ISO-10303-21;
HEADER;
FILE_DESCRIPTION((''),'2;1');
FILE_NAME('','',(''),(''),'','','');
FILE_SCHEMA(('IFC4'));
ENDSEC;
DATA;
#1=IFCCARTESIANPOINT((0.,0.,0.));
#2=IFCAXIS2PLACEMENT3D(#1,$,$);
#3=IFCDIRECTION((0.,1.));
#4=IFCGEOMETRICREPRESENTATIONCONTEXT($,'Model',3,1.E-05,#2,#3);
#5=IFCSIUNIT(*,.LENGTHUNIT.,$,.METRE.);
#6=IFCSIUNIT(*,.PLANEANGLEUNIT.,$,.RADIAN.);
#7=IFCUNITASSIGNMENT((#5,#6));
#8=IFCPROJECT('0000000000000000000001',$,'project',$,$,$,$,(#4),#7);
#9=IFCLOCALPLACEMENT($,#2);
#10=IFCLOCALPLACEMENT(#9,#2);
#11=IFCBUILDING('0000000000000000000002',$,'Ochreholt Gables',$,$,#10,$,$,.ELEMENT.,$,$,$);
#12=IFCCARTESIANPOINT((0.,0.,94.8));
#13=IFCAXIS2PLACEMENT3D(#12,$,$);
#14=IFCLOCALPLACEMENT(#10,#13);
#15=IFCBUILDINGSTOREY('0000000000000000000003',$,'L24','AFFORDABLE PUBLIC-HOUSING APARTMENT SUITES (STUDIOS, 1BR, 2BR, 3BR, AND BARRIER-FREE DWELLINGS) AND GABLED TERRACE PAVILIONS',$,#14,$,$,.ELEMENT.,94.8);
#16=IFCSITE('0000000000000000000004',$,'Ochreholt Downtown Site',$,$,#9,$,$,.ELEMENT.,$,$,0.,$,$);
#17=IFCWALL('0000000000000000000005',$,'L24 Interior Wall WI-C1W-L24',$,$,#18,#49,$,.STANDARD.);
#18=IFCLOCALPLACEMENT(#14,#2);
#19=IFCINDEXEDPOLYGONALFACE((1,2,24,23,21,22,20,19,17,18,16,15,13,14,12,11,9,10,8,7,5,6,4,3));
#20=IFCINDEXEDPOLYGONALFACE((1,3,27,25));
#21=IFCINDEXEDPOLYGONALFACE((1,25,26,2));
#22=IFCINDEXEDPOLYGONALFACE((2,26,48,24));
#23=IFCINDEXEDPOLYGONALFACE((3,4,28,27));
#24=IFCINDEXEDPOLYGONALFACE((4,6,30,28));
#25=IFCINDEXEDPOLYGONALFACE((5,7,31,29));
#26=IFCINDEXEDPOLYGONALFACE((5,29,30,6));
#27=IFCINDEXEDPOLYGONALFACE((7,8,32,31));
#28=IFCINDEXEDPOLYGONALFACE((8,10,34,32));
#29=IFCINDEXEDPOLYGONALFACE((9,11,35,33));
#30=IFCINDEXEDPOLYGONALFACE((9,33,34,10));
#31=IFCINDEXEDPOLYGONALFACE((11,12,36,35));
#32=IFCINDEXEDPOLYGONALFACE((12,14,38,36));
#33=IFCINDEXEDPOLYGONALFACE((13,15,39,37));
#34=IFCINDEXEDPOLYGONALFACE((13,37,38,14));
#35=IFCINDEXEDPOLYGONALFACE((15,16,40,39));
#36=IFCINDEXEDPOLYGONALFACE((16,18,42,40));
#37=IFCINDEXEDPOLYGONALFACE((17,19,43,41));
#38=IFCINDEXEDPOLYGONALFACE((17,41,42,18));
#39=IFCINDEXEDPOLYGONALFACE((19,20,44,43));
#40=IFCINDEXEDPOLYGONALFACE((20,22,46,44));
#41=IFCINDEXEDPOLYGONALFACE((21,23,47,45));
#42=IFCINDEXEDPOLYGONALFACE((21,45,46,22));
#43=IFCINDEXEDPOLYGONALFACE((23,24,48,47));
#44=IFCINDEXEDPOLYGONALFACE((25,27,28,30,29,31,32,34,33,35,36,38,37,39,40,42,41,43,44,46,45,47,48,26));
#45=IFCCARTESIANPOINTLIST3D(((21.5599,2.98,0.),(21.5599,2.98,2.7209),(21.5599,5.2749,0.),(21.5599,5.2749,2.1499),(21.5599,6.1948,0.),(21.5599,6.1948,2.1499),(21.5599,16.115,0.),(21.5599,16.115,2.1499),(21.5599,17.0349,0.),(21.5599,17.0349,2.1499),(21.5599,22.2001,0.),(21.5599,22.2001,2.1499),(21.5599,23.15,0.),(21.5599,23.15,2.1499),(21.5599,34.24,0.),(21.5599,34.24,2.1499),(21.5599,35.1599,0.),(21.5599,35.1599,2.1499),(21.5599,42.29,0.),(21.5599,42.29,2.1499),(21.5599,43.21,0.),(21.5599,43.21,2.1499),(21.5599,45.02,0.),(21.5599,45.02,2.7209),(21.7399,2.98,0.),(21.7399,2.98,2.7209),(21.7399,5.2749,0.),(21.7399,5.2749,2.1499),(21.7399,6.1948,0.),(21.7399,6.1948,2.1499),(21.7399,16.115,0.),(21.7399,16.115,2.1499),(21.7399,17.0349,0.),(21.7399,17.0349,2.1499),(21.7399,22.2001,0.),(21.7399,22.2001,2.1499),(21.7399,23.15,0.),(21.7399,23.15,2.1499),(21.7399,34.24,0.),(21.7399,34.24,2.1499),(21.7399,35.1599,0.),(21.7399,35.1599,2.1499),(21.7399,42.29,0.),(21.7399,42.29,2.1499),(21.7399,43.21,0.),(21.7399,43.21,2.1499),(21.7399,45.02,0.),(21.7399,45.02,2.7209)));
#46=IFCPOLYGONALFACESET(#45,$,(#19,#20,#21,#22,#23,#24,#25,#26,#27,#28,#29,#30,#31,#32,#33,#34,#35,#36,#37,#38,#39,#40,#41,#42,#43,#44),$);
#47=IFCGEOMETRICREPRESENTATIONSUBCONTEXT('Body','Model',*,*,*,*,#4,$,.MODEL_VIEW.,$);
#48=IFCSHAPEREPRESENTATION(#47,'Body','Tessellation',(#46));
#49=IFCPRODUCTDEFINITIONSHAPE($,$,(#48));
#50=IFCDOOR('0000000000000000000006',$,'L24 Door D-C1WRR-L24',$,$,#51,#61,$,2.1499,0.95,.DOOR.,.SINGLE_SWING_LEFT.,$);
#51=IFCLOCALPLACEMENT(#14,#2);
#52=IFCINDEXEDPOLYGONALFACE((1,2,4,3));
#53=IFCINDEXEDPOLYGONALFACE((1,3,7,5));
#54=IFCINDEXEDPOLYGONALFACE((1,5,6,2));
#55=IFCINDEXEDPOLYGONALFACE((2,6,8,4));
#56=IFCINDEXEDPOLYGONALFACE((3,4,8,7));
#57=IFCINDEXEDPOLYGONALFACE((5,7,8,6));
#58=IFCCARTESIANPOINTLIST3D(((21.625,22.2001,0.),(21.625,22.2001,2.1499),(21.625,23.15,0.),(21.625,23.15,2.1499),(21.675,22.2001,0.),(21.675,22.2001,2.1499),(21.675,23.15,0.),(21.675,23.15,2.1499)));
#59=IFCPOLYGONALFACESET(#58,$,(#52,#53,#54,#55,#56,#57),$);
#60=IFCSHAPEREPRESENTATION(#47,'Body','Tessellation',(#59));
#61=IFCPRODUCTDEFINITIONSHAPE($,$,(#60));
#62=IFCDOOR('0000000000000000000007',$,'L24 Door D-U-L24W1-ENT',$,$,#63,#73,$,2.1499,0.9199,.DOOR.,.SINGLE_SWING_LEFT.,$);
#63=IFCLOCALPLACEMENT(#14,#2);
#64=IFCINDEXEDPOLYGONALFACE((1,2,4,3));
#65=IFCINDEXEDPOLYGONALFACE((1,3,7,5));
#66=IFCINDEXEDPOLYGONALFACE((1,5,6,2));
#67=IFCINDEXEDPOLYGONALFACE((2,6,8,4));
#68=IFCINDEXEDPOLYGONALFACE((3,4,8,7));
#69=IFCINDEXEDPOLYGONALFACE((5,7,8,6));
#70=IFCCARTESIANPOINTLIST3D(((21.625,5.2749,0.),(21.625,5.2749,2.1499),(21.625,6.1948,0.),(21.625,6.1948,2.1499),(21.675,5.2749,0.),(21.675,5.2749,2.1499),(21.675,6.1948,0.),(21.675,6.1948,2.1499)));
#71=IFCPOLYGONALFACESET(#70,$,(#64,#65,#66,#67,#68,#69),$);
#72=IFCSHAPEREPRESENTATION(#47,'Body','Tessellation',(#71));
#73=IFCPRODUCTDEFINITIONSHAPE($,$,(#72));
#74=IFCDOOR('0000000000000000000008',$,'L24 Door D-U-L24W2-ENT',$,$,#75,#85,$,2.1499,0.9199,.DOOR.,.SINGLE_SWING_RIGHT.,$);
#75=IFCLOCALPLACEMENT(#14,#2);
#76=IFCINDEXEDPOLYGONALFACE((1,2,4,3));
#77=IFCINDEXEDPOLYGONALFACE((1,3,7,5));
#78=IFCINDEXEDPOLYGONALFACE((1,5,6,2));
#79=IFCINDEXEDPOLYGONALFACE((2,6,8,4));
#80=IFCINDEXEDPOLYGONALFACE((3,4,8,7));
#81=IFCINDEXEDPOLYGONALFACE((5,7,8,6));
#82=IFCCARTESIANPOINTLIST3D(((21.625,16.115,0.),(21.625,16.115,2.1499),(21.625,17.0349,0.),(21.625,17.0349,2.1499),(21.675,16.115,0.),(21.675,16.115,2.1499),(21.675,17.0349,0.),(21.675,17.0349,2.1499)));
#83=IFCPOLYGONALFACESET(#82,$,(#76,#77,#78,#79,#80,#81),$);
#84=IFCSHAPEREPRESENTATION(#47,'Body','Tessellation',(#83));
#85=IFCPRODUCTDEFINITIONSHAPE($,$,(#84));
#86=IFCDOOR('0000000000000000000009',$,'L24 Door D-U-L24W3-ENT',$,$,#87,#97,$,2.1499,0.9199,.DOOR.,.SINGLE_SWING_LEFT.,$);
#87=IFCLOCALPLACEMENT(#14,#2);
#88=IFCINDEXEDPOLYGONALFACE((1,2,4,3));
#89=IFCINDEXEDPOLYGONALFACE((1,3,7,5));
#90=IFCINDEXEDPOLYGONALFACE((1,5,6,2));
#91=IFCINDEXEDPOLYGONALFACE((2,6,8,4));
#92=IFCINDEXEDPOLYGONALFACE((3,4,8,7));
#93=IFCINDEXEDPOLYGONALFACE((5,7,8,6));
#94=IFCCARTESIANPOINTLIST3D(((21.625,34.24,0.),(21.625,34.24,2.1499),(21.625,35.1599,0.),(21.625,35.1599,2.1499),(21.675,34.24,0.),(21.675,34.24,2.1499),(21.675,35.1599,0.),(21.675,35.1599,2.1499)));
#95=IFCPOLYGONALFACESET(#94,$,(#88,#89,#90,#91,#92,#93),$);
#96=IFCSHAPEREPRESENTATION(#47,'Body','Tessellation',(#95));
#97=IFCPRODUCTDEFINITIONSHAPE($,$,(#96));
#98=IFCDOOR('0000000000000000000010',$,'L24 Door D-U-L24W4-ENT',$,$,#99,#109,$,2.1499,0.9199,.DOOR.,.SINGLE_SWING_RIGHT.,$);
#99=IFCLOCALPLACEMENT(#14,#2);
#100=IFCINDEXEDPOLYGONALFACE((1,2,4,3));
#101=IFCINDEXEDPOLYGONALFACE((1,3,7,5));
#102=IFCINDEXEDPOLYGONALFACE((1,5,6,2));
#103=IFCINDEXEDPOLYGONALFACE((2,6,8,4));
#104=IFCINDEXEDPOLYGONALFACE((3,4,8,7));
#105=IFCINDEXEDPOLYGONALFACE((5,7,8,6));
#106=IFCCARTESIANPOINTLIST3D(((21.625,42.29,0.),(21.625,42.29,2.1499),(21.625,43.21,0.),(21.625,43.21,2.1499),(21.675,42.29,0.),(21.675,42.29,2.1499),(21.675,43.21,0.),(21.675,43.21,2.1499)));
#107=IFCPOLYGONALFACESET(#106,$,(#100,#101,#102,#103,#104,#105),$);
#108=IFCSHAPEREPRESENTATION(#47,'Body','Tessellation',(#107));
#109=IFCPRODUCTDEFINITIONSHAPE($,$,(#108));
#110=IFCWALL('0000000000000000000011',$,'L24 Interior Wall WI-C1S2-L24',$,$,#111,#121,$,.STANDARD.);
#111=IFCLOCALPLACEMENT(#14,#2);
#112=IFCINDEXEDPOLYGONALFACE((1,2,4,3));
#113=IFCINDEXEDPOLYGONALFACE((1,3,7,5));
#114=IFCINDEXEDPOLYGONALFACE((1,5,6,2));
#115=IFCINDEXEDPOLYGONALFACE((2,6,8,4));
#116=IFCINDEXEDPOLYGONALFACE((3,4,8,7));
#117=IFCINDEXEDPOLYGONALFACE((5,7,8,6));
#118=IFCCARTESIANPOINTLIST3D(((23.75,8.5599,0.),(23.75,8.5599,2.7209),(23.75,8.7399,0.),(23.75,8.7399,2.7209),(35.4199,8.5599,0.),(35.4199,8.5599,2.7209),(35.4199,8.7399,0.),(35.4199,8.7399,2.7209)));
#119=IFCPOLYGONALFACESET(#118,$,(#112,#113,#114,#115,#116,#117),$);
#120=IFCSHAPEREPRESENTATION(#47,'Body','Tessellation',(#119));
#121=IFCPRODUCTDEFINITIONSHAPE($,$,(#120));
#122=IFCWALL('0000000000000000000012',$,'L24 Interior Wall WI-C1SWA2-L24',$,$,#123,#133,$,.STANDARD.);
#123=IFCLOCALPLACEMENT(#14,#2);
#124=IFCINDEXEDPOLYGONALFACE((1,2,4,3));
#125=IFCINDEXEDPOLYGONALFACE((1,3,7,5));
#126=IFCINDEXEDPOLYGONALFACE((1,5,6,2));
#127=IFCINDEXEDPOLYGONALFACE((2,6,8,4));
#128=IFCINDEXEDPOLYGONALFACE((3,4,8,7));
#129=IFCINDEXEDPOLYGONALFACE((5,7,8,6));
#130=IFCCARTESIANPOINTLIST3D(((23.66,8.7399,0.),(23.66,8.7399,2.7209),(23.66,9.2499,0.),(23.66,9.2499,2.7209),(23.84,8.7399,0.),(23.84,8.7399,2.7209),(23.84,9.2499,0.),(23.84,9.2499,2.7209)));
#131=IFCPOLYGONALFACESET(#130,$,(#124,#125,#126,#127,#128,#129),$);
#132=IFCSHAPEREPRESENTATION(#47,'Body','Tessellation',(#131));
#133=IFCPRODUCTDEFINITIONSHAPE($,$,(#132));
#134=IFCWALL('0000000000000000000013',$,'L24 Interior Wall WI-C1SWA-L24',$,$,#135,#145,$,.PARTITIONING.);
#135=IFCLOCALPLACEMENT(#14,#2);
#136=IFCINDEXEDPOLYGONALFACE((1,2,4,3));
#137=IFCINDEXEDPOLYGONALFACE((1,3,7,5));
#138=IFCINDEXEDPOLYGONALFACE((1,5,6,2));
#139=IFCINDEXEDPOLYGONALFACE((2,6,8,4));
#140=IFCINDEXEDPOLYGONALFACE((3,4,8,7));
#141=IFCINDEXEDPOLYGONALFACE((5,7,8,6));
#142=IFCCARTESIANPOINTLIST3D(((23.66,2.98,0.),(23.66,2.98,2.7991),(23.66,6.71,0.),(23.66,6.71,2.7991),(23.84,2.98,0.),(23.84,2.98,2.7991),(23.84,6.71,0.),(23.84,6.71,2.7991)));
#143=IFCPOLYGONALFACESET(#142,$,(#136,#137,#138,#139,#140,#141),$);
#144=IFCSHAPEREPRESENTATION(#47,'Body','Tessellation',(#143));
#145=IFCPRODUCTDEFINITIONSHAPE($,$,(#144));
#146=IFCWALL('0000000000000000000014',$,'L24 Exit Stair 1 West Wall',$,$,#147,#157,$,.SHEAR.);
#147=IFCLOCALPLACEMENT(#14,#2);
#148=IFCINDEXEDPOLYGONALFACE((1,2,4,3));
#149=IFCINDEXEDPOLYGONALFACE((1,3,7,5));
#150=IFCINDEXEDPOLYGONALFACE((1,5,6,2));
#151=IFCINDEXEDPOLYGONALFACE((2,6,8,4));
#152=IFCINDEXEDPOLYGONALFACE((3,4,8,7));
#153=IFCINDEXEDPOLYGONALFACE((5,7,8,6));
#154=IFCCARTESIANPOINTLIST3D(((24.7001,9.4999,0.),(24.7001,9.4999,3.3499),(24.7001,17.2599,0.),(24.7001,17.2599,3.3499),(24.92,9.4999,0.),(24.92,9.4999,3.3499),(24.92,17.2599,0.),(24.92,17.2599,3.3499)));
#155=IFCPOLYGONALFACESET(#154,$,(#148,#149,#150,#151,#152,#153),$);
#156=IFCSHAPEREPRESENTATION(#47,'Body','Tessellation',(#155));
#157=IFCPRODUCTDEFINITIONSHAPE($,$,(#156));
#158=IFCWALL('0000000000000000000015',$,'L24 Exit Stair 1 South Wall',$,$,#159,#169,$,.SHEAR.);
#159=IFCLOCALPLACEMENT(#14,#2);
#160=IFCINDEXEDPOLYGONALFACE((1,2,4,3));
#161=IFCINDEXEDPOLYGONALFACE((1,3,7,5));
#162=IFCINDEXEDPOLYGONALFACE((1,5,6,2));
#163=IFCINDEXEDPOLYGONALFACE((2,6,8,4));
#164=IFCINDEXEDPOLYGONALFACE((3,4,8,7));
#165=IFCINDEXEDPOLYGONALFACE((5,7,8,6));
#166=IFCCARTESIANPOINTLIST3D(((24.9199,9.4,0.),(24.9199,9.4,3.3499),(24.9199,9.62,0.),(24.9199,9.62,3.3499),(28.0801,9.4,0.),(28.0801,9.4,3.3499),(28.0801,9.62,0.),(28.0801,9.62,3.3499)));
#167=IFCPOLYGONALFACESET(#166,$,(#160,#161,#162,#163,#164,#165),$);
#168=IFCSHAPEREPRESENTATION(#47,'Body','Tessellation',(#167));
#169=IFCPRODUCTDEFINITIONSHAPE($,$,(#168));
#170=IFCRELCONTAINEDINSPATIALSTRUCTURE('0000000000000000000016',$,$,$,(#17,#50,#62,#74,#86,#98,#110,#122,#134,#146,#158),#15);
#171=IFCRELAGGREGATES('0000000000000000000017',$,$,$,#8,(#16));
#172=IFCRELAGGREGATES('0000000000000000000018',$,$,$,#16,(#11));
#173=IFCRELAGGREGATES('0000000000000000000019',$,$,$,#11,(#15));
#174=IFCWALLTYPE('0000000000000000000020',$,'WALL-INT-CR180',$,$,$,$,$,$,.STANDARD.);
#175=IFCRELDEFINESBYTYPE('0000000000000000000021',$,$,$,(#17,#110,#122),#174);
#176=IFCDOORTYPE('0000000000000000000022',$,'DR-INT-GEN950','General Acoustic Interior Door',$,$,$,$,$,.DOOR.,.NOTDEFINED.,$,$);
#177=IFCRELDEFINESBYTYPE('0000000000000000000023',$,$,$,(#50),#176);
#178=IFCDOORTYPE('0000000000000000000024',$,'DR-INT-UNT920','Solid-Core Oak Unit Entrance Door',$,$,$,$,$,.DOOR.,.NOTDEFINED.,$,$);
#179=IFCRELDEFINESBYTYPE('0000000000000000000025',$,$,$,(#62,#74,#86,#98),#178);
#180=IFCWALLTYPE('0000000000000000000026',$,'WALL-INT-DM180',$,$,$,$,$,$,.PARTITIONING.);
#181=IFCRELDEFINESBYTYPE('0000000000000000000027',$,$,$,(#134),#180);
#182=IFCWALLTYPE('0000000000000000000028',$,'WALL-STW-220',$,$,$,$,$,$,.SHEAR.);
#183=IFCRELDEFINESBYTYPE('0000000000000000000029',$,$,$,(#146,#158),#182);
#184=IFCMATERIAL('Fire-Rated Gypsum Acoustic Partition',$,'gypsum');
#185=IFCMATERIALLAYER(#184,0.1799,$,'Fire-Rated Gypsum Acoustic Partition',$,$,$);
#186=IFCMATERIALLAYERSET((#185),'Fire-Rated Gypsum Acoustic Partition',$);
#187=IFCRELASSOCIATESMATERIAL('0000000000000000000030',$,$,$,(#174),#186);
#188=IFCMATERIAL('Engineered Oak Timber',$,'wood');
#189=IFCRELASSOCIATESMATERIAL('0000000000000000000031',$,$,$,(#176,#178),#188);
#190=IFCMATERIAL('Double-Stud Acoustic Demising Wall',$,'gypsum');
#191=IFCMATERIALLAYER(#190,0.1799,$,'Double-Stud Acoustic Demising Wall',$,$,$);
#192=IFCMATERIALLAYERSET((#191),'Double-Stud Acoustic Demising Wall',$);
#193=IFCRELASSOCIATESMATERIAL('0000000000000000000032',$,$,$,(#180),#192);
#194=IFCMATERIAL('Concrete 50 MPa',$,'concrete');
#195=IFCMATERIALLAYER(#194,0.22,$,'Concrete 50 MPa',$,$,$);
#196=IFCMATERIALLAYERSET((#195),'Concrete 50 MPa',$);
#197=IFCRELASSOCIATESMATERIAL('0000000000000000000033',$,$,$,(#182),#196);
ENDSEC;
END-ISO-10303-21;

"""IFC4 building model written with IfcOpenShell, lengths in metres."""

from ifc_helpers import new_model, si_unit, direction, frame, frame_2d, origin, place, context, subcontext, project, spatial, rectangle, extrude, material, layer, layer_set, type_object, element, fill, save


model = new_model("IFC4")

# Units and contexts
model_context = context("Model", 3, precision=1e-05, world=origin(), true_north=direction((0.0, 1.0)))
body_context = subcontext(model_context, "Body", "Model", "MODEL_VIEW")
ifc_project = project(units=[si_unit("LENGTHUNIT", "METRE"), si_unit("PLANEANGLEUNIT", "RADIAN")], contexts=[model_context])

# Site, building, storey
site_placement = place(None, origin())
site = spatial("IfcSite", under=ifc_project, at=site_placement, Name="Ochreholt Downtown Site", CompositionType="ELEMENT", RefElevation=0.0)
building_placement = place(site_placement, origin())
building = spatial("IfcBuilding", under=site, at=building_placement, Name="Ochreholt Gables", CompositionType="ELEMENT")
storey_placement = place(building_placement, frame((0.0, 0.0, 94.8)))
storey = spatial("IfcBuildingStorey", under=building, at=storey_placement, Name="L24", Description="AFFORDABLE PUBLIC-HOUSING APARTMENT SUITES (STUDIOS, 1BR, 2BR, 3BR, AND BARRIER-FREE DWELLINGS) AND GABLED TERRACE PAVILIONS", CompositionType="ELEMENT", Elevation=94.8)

# Wall, openings, doors
ifc_material_1 = material(Name="Fire-Rated Gypsum Acoustic Partition", Category="gypsum")
ifc_layer_1 = layer(ifc_material_1, 0.1799, Name="Fire-Rated Gypsum Acoustic Partition")
ifc_layer_set_1 = layer_set([ifc_layer_1], Name="Fire-Rated Gypsum Acoustic Partition")
wall_type_1 = type_object("IfcWallType", Name="WALL-INT-CR180", PredefinedType="STANDARD", material=ifc_layer_set_1)
wall_1_placement = place(storey_placement, frame((21.6499, 2.98, 0.0), z_axis=(0.0, 0.0, 1.0), x_axis=(0.0, 1.0, 0.0)))
wall_1 = element("IfcWall", 1, at=wall_1_placement, inside=storey, type_object=wall_type_1, Name="L24 Interior Wall WI-C1W-L24", PredefinedType="STANDARD", context=body_context, shape_type="SweptSolid", body=[
    extrude(rectangle(XDim=42.04, YDim=0.1799, at=frame_2d((21.02, 0.0))), origin(), (0.0, 0.0, 1.0), 2.7209),
])
opening_1_placement = place(wall_1_placement, frame((2.2949, 0.0, 0.0)))
opening_1 = element("IfcOpeningElement", 2, at=opening_1_placement, cuts=wall_1, PredefinedType="OPENING", context=body_context, shape_type="SweptSolid", body=[
    extrude(rectangle(XDim=0.9199, YDim=2.1499, at=frame_2d((0.46, 1.075))), frame((0.0, 0.0999, 0.0), z_axis=(0.0, -1.0, 0.0), x_axis=(1.0, 0.0, 0.0)), (0.0, 0.0, 1.0), 0.2),
])
opening_2_placement = place(wall_1_placement, frame((13.135, 0.0, 0.0)))
opening_2 = element("IfcOpeningElement", 3, at=opening_2_placement, cuts=wall_1, PredefinedType="OPENING", context=body_context, shape_type="SweptSolid", body=[
    extrude(rectangle(XDim=0.9199, YDim=2.1499, at=frame_2d((0.46, 1.075))), frame((0.0, 0.0999, 0.0), z_axis=(0.0, -1.0, 0.0), x_axis=(1.0, 0.0, 0.0)), (0.0, 0.0, 1.0), 0.2),
])
opening_3_placement = place(wall_1_placement, frame((19.22, 0.0, 0.0)))
opening_3 = element("IfcOpeningElement", 4, at=opening_3_placement, cuts=wall_1, PredefinedType="OPENING", context=body_context, shape_type="SweptSolid", body=[
    extrude(rectangle(XDim=0.95, YDim=2.1499, at=frame_2d((0.4751, 1.075))), frame((0.0, 0.0999, 0.0), z_axis=(0.0, -1.0, 0.0), x_axis=(1.0, 0.0, 0.0)), (0.0, 0.0, 1.0), 0.2),
])
opening_4_placement = place(wall_1_placement, frame((31.26, 0.0, 0.0)))
opening_4 = element("IfcOpeningElement", 5, at=opening_4_placement, cuts=wall_1, PredefinedType="OPENING", context=body_context, shape_type="SweptSolid", body=[
    extrude(rectangle(XDim=0.9199, YDim=2.1499, at=frame_2d((0.46, 1.075))), frame((0.0, 0.0999, 0.0), z_axis=(0.0, -1.0, 0.0), x_axis=(1.0, 0.0, 0.0)), (0.0, 0.0, 1.0), 0.2),
])
opening_5_placement = place(wall_1_placement, frame((39.3101, 0.0, 0.0)))
opening_5 = element("IfcOpeningElement", 6, at=opening_5_placement, cuts=wall_1, PredefinedType="OPENING", context=body_context, shape_type="SweptSolid", body=[
    extrude(rectangle(XDim=0.9199, YDim=2.1499, at=frame_2d((0.46, 1.075))), frame((0.0, 0.0999, 0.0), z_axis=(0.0, -1.0, 0.0), x_axis=(1.0, 0.0, 0.0)), (0.0, 0.0, 1.0), 0.2),
])
ifc_material_2 = material(Name="Engineered Oak Timber", Category="wood")
door_type_1 = type_object("IfcDoorType", Name="DR-INT-GEN950", Description="General Acoustic Interior Door", OperationType="NOTDEFINED", PredefinedType="DOOR", material=ifc_material_2)
door_1_placement = place(opening_3_placement, origin())
door_1 = element("IfcDoor", 7, at=door_1_placement, inside=storey, type_object=door_type_1, Name="L24 Door D-C1WRR-L24", OperationType="SINGLE_SWING_LEFT", OverallHeight=2.1499, OverallWidth=0.95, PredefinedType="DOOR", context=body_context, shape_type="SweptSolid", body=[
    extrude(rectangle(XDim=0.95, YDim=2.1499, at=frame_2d((0.4751, 1.075))), frame((0.0, 0.0249, 0.0), z_axis=(0.0, -1.0, 0.0), x_axis=(1.0, 0.0, 0.0)), (0.0, 0.0, 1.0), 0.05),
])
fill(opening_3, door_1)
door_type_2 = type_object("IfcDoorType", Name="DR-INT-UNT920", Description="Solid-Core Oak Unit Entrance Door", OperationType="NOTDEFINED", PredefinedType="DOOR", material=ifc_material_2)
door_2_placement = place(opening_1_placement, origin())
door_2 = element("IfcDoor", 8, at=door_2_placement, inside=storey, type_object=door_type_2, Name="L24 Door D-U-L24W1-ENT", OperationType="SINGLE_SWING_LEFT", OverallHeight=2.1499, OverallWidth=0.9199, PredefinedType="DOOR", context=body_context, shape_type="SweptSolid", body=[
    extrude(rectangle(XDim=0.9199, YDim=2.1499, at=frame_2d((0.46, 1.075))), frame((0.0, 0.0249, 0.0), z_axis=(0.0, -1.0, 0.0), x_axis=(1.0, 0.0, 0.0)), (0.0, 0.0, 1.0), 0.05),
])
fill(opening_1, door_2)
door_3_placement = place(opening_2_placement, origin())
door_3 = element("IfcDoor", 9, at=door_3_placement, inside=storey, type_object=door_type_2, Name="L24 Door D-U-L24W2-ENT", OperationType="SINGLE_SWING_RIGHT", OverallHeight=2.1499, OverallWidth=0.9199, PredefinedType="DOOR", context=body_context, shape_type="SweptSolid", body=[
    extrude(rectangle(XDim=0.9199, YDim=2.1499, at=frame_2d((0.46, 1.075))), frame((0.0, 0.0249, 0.0), z_axis=(0.0, -1.0, 0.0), x_axis=(1.0, 0.0, 0.0)), (0.0, 0.0, 1.0), 0.05),
])
fill(opening_2, door_3)
door_4_placement = place(opening_4_placement, origin())
door_4 = element("IfcDoor", 10, at=door_4_placement, inside=storey, type_object=door_type_2, Name="L24 Door D-U-L24W3-ENT", OperationType="SINGLE_SWING_LEFT", OverallHeight=2.1499, OverallWidth=0.9199, PredefinedType="DOOR", context=body_context, shape_type="SweptSolid", body=[
    extrude(rectangle(XDim=0.9199, YDim=2.1499, at=frame_2d((0.46, 1.075))), frame((0.0, 0.0249, 0.0), z_axis=(0.0, -1.0, 0.0), x_axis=(1.0, 0.0, 0.0)), (0.0, 0.0, 1.0), 0.05),
])
fill(opening_4, door_4)
door_5_placement = place(opening_5_placement, origin())
door_5 = element("IfcDoor", 11, at=door_5_placement, inside=storey, type_object=door_type_2, Name="L24 Door D-U-L24W4-ENT", OperationType="SINGLE_SWING_RIGHT", OverallHeight=2.1499, OverallWidth=0.9199, PredefinedType="DOOR", context=body_context, shape_type="SweptSolid", body=[
    extrude(rectangle(XDim=0.9199, YDim=2.1499, at=frame_2d((0.46, 1.075))), frame((0.0, 0.0249, 0.0), z_axis=(0.0, -1.0, 0.0), x_axis=(1.0, 0.0, 0.0)), (0.0, 0.0, 1.0), 0.05),
])
fill(opening_5, door_5)

# Walls
wall_2_placement = place(storey_placement, frame((23.75, 8.6499, 0.0), z_axis=(0.0, 0.0, 1.0), x_axis=(1.0, 0.0, 0.0)))
element("IfcWall", 12, at=wall_2_placement, inside=storey, type_object=wall_type_1, Name="L24 Interior Wall WI-C1S2-L24", PredefinedType="STANDARD", context=body_context, shape_type="SweptSolid", body=[
    extrude(rectangle(XDim=11.6699, YDim=0.1799, at=frame_2d((5.835, 0.0))), origin(), (0.0, 0.0, 1.0), 2.7209),
])
wall_3_placement = place(storey_placement, frame((23.75, 8.74, 0.0), z_axis=(0.0, 0.0, 1.0), x_axis=(0.0, 1.0, 0.0)))
element("IfcWall", 13, at=wall_3_placement, inside=storey, type_object=wall_type_1, Name="L24 Interior Wall WI-C1SWA2-L24", PredefinedType="STANDARD", context=body_context, shape_type="SweptSolid", body=[
    extrude(rectangle(XDim=0.51, YDim=0.1799, at=frame_2d((0.2549, 0.0))), origin(), (0.0, 0.0, 1.0), 2.7209),
])
ifc_material_3 = material(Name="Double-Stud Acoustic Demising Wall", Category="gypsum")
ifc_layer_2 = layer(ifc_material_3, 0.1799, Name="Double-Stud Acoustic Demising Wall")
ifc_layer_set_2 = layer_set([ifc_layer_2], Name="Double-Stud Acoustic Demising Wall")
wall_type_2 = type_object("IfcWallType", Name="WALL-INT-DM180", PredefinedType="PARTITIONING", material=ifc_layer_set_2)
wall_4_placement = place(storey_placement, frame((23.75, 2.98, 0.0), z_axis=(0.0, 0.0, 1.0), x_axis=(0.0, 1.0, 0.0)))
element("IfcWall", 14, at=wall_4_placement, inside=storey, type_object=wall_type_2, Name="L24 Interior Wall WI-C1SWA-L24", PredefinedType="PARTITIONING", context=body_context, shape_type="SweptSolid", body=[
    extrude(rectangle(XDim=3.73, YDim=0.1799, at=frame_2d((1.865, 0.0))), origin(), (0.0, 0.0, 1.0), 2.7991),
])
ifc_material_4 = material(Name="Concrete 50 MPa", Category="concrete")
ifc_layer_3 = layer(ifc_material_4, 0.22, Name="Concrete 50 MPa")
ifc_layer_set_3 = layer_set([ifc_layer_3], Name="Concrete 50 MPa")
wall_type_3 = type_object("IfcWallType", Name="WALL-STW-220", PredefinedType="SHEAR", material=ifc_layer_set_3)
wall_5_placement = place(storey_placement, frame((24.8101, 9.5, 0.0), z_axis=(0.0, 0.0, 1.0), x_axis=(0.0, 1.0, 0.0)))
element("IfcWall", 15, at=wall_5_placement, inside=storey, type_object=wall_type_3, Name="L24 Exit Stair 1 West Wall", PredefinedType="SHEAR", context=body_context, shape_type="SweptSolid", body=[
    extrude(rectangle(XDim=7.76, YDim=0.22, at=frame_2d((3.8799, 0.0))), origin(), (0.0, 0.0, 1.0), 3.3499),
])
wall_6_placement = place(storey_placement, frame((24.9199, 9.51, 0.0), z_axis=(0.0, 0.0, 1.0), x_axis=(1.0, 0.0, 0.0)))
element("IfcWall", 16, at=wall_6_placement, inside=storey, type_object=wall_type_3, Name="L24 Exit Stair 1 South Wall", PredefinedType="SHEAR", context=body_context, shape_type="SweptSolid", body=[
    extrude(rectangle(XDim=3.1602, YDim=0.22, at=frame_2d((1.5801, 0.0))), origin(), (0.0, 0.0, 1.0), 3.3499),
])

save(model, "model.ifc")
